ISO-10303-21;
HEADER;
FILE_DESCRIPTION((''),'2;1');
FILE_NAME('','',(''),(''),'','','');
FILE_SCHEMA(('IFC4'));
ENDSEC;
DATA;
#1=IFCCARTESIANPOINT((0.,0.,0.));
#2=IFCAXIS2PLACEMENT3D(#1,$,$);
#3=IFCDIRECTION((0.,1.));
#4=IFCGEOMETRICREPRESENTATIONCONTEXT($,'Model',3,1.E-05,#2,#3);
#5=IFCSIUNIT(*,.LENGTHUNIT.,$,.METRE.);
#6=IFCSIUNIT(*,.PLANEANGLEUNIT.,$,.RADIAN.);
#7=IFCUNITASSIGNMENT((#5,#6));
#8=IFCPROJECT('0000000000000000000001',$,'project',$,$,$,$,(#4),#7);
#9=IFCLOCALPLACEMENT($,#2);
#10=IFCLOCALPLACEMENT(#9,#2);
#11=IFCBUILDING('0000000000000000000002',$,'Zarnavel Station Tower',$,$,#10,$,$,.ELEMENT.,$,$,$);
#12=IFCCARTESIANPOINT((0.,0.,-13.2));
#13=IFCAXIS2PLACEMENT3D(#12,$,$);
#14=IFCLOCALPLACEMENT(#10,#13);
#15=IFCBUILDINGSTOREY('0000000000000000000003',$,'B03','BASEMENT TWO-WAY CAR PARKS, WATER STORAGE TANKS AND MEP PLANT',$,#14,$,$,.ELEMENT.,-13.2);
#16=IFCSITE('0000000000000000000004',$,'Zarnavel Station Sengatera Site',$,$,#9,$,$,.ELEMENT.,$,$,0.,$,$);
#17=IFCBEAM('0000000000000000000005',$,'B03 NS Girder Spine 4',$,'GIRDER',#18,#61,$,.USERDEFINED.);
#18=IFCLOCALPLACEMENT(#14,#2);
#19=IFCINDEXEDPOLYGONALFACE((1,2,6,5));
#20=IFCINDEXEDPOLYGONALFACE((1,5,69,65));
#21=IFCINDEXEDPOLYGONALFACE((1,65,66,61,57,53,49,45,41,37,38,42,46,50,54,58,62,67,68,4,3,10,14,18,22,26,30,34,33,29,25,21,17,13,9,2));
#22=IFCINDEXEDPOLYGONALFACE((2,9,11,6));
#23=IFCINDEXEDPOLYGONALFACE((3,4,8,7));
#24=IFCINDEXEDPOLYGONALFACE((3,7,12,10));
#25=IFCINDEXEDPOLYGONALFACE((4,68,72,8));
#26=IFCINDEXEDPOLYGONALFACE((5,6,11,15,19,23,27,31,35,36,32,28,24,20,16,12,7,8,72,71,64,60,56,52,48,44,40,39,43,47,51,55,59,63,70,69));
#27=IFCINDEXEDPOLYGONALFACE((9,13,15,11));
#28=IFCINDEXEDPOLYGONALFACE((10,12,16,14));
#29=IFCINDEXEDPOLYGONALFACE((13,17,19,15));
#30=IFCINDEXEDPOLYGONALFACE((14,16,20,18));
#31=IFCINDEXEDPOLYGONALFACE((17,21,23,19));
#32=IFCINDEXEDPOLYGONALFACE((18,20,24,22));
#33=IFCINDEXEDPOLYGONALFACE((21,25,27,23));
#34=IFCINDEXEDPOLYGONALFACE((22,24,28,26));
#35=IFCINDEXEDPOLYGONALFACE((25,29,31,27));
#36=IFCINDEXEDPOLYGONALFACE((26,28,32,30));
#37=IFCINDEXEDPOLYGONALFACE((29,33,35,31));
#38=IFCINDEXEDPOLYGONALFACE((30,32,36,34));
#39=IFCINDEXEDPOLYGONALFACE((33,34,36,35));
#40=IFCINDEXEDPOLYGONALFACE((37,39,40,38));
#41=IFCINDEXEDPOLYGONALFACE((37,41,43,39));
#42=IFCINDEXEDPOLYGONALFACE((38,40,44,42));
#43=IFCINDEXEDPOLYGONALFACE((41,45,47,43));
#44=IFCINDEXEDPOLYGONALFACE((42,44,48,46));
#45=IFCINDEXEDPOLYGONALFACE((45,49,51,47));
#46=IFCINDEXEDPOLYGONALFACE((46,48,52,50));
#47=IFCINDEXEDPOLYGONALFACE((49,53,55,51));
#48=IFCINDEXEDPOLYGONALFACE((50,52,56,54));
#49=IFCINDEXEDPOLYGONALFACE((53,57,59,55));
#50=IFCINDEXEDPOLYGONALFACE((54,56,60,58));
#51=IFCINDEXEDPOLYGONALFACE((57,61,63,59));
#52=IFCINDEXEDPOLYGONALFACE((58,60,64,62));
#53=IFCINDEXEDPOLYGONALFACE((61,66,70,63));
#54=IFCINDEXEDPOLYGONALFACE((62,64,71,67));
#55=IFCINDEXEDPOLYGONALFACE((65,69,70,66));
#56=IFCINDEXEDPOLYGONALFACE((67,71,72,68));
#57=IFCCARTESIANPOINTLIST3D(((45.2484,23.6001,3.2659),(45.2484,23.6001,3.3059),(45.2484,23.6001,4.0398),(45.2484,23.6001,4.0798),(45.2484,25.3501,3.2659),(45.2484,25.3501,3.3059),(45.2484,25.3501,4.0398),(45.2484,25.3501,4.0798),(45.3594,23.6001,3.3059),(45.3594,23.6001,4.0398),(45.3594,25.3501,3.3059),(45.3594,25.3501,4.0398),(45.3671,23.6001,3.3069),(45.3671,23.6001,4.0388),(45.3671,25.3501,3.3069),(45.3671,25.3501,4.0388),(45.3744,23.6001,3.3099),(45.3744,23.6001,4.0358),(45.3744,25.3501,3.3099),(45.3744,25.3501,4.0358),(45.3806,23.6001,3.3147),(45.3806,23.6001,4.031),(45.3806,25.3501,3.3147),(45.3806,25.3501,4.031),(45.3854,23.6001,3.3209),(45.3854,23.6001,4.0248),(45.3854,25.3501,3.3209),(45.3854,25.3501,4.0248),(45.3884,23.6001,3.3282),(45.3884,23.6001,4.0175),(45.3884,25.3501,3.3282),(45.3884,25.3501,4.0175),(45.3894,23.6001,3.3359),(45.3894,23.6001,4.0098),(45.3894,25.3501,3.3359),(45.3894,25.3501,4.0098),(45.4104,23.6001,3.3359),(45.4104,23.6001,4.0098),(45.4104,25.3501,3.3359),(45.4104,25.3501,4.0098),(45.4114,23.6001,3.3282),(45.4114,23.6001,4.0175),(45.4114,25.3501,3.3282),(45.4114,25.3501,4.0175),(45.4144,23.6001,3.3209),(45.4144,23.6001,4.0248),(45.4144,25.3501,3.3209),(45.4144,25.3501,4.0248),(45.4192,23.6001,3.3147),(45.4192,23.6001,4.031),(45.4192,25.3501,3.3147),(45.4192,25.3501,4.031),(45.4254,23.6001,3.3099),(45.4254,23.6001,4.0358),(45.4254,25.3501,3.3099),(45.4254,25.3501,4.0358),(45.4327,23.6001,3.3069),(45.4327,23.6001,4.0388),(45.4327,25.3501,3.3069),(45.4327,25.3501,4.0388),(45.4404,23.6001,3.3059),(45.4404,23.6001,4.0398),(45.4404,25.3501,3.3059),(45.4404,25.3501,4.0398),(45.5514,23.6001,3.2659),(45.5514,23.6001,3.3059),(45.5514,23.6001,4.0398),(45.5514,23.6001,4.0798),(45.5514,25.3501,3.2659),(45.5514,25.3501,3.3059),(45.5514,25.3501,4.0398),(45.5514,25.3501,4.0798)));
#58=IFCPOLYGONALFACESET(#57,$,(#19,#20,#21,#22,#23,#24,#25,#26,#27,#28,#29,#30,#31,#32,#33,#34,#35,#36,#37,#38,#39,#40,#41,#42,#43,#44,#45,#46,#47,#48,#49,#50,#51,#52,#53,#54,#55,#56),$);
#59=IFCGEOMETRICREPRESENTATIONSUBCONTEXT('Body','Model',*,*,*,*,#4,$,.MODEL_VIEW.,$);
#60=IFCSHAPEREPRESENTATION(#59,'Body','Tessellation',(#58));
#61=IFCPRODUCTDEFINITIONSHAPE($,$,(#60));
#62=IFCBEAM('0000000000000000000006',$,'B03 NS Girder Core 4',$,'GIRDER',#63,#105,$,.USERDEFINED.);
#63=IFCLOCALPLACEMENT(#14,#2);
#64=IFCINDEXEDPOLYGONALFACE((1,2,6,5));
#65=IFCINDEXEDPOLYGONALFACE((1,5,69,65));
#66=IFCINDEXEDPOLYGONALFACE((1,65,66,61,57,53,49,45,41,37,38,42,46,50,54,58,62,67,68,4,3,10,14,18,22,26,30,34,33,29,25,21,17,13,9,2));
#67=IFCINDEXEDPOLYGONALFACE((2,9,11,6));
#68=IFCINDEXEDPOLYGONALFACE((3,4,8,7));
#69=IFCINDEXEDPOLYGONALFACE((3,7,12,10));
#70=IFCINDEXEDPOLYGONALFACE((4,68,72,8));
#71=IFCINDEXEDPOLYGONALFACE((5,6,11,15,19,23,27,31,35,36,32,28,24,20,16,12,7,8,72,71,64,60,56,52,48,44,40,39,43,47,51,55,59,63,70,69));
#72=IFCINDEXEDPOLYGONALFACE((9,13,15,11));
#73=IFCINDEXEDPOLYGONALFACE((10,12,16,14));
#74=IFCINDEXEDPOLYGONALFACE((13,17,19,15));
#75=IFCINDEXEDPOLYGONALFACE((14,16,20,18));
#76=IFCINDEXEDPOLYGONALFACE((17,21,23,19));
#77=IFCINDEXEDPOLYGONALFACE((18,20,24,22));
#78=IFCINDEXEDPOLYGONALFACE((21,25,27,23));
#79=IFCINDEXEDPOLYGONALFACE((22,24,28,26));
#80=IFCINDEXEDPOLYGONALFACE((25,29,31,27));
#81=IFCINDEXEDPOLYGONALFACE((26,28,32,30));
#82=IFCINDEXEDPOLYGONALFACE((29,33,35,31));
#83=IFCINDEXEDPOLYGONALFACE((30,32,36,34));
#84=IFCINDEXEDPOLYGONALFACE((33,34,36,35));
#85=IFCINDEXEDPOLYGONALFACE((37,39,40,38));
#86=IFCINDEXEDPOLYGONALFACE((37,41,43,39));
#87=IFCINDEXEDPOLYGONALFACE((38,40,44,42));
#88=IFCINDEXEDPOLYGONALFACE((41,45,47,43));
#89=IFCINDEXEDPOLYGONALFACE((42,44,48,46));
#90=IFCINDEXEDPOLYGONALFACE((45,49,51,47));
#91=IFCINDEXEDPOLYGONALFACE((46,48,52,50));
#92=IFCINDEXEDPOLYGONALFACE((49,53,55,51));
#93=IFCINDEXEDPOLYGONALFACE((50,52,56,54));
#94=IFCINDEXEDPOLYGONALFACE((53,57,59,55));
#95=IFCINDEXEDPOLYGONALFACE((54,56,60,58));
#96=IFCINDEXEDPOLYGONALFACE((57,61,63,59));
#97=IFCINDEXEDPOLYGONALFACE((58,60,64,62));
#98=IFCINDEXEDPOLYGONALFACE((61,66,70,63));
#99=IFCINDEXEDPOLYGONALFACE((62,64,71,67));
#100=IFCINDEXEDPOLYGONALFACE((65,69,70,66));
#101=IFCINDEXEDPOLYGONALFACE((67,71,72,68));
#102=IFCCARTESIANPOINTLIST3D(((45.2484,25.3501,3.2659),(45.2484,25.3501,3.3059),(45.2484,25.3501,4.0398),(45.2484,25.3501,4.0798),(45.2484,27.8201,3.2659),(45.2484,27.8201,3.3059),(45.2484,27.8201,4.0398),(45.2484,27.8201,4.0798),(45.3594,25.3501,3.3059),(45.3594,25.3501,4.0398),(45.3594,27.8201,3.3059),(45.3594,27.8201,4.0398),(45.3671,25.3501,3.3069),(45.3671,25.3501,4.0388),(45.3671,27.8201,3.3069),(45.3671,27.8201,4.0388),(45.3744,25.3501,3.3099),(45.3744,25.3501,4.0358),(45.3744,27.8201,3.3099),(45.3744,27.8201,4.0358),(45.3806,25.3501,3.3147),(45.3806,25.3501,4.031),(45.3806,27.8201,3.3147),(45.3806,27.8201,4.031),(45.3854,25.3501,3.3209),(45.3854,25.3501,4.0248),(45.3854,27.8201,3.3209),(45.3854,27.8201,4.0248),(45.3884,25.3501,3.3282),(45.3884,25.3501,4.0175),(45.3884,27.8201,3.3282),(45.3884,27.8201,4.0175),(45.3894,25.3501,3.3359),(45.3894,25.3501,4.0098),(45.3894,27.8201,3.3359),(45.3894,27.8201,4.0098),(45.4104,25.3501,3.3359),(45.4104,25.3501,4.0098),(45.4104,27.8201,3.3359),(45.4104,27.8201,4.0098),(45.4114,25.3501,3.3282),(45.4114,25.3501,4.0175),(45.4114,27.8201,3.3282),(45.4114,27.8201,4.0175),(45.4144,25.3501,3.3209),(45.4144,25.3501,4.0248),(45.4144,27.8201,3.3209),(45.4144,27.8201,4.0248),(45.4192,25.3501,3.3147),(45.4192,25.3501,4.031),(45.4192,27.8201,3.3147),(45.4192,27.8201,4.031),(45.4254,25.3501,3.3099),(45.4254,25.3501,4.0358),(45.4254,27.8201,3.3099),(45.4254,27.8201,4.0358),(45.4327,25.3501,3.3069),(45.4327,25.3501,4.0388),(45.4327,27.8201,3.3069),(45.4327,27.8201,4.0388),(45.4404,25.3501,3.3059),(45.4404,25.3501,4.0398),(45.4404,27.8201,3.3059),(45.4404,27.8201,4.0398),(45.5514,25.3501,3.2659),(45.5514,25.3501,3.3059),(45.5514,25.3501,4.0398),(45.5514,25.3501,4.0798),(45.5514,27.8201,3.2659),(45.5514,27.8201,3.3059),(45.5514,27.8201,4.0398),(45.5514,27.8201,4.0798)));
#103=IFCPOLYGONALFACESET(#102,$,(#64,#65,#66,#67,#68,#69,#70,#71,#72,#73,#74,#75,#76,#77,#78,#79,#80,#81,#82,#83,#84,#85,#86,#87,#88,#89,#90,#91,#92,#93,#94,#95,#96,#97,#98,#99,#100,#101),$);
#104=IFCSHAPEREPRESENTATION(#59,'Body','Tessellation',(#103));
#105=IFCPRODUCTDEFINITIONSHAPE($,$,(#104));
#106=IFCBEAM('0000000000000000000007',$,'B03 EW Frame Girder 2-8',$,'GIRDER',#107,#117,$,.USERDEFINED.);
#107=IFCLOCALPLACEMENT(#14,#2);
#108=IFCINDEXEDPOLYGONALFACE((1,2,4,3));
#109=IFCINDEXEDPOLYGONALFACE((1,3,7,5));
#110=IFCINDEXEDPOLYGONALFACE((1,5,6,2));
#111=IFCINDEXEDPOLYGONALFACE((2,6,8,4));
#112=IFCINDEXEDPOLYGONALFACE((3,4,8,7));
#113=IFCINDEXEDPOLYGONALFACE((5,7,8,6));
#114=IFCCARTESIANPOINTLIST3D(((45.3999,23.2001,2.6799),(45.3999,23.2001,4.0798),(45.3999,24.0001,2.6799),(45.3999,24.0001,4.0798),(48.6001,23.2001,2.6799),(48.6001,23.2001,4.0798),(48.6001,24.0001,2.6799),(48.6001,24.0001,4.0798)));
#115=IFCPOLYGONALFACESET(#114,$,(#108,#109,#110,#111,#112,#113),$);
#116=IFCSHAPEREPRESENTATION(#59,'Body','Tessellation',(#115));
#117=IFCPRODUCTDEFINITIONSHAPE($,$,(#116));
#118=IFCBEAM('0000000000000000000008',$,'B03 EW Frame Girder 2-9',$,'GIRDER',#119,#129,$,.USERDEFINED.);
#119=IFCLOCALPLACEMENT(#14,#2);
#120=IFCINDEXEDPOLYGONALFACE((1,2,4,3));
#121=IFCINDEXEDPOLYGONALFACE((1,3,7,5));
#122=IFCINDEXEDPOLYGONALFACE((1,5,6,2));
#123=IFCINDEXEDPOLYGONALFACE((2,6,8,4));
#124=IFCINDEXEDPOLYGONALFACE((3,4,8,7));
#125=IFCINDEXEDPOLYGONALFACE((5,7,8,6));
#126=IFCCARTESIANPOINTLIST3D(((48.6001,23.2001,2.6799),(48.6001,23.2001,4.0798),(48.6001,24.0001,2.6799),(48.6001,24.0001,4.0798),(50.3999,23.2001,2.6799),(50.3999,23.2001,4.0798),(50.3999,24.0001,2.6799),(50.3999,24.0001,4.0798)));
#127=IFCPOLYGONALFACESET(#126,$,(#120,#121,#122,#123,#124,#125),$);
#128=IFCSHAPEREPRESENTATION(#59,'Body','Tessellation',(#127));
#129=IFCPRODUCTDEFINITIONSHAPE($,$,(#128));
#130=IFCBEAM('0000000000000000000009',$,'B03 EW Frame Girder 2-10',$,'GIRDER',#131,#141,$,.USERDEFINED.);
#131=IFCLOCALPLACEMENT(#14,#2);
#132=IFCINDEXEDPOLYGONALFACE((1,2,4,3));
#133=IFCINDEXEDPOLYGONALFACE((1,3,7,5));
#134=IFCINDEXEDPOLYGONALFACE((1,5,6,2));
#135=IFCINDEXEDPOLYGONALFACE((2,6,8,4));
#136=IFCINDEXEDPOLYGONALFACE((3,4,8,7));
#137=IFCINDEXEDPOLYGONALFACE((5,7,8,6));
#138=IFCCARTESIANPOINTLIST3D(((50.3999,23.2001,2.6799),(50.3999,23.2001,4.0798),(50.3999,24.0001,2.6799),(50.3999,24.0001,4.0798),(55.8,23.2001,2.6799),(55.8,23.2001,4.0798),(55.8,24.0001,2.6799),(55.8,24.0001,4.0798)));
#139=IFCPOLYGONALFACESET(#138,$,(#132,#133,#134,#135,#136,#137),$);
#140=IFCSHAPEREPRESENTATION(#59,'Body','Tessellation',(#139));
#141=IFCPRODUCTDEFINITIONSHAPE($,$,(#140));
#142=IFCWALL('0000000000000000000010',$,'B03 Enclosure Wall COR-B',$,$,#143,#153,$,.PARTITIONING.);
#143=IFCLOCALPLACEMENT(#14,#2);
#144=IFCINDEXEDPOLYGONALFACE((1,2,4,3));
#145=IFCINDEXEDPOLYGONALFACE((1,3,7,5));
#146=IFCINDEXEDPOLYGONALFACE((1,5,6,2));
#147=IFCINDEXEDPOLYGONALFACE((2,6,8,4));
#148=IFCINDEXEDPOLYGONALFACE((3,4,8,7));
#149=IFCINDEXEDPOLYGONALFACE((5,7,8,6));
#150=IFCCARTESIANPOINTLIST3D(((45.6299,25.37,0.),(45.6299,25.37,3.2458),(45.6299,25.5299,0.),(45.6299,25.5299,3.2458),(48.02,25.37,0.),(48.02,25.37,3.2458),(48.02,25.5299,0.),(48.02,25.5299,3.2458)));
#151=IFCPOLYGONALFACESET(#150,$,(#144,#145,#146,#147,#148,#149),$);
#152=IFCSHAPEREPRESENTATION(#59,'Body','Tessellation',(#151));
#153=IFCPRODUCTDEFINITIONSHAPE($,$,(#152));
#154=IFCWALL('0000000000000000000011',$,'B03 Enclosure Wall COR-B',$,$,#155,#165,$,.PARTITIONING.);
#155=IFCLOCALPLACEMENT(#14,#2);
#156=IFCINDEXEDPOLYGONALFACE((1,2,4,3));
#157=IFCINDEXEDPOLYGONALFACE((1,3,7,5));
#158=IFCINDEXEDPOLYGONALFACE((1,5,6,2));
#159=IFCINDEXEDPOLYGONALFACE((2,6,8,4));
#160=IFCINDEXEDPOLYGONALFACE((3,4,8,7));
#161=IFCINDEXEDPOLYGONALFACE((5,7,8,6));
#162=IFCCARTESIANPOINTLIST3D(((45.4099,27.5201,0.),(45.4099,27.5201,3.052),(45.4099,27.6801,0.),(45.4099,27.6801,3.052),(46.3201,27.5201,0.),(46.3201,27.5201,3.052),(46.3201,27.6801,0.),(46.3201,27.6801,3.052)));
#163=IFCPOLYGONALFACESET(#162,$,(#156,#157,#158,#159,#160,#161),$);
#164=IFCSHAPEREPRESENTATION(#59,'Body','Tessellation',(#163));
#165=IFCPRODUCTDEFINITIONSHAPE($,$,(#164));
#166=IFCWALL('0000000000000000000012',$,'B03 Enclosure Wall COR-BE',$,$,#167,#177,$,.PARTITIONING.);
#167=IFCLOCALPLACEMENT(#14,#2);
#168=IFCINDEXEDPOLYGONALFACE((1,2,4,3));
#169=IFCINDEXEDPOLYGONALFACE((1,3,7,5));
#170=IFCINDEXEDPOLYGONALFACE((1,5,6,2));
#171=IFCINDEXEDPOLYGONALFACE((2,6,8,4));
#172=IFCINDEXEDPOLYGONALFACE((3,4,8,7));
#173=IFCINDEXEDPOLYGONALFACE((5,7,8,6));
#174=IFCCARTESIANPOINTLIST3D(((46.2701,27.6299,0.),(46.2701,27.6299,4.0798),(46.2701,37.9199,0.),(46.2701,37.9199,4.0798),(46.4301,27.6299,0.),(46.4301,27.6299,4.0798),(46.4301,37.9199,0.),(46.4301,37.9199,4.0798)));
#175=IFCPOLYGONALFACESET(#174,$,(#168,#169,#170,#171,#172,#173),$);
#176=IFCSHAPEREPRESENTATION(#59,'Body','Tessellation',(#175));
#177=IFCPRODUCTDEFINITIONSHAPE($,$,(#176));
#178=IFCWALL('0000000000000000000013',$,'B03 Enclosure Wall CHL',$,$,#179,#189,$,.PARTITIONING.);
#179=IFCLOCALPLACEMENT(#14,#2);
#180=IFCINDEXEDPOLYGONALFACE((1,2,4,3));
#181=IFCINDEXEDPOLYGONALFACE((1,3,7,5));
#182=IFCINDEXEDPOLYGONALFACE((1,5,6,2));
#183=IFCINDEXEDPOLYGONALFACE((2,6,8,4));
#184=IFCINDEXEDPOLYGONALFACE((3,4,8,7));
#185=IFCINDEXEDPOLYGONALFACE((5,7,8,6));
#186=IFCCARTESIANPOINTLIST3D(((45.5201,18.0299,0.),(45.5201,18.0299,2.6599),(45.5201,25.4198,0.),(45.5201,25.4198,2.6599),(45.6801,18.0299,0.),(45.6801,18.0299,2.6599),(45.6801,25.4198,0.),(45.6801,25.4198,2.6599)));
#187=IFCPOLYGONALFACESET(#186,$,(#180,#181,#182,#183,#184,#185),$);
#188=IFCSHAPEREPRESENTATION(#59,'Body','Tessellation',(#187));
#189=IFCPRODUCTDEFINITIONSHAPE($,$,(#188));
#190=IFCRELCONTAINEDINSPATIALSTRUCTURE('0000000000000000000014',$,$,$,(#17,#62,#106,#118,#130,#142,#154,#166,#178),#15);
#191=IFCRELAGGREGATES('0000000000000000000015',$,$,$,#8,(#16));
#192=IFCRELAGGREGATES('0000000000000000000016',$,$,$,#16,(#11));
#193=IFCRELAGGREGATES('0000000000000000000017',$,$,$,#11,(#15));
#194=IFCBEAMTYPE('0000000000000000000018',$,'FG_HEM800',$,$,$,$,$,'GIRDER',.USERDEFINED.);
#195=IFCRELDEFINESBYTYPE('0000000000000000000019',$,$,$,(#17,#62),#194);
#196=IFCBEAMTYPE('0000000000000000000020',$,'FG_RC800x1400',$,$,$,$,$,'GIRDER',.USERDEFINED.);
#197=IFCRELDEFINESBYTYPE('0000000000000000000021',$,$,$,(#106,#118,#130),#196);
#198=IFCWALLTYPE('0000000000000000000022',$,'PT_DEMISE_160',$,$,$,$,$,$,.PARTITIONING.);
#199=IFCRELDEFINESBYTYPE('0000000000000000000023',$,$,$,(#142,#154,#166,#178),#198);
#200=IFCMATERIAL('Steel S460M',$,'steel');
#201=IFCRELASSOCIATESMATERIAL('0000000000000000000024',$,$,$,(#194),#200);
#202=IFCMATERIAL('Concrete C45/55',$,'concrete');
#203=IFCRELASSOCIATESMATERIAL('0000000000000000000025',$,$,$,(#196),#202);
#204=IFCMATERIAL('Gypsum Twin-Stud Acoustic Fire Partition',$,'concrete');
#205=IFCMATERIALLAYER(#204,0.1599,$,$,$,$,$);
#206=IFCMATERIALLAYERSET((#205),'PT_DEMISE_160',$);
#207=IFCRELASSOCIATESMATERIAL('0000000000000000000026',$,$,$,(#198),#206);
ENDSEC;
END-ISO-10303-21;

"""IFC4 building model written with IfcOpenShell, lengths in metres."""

from ifc_helpers import new_model, si_unit, direction, frame, frame_2d, origin, origin_2d, place, context, subcontext, project, spatial, rectangle, i_section, extrude, material, layer, layer_set, material_profile, profile_set, type_object, element, save


model = new_model("IFC4")

# Units and contexts
model_context = context("Model", 3, precision=1e-05, world=origin(), true_north=direction((0.0, 1.0)))
body_context = subcontext(model_context, "Body", "Model", "MODEL_VIEW")
ifc_project = project(units=[si_unit("LENGTHUNIT", "METRE"), si_unit("PLANEANGLEUNIT", "RADIAN")], contexts=[model_context])

# Site, building, storey
site_placement = place(None, origin())
site = spatial("IfcSite", under=ifc_project, at=site_placement, Name="Zarnavel Station Sengatera Site", CompositionType="ELEMENT", RefElevation=0.0)
building_placement = place(site_placement, origin())
building = spatial("IfcBuilding", under=site, at=building_placement, Name="Zarnavel Station Tower", CompositionType="ELEMENT")
storey_placement = place(building_placement, frame((0.0, 0.0, -13.2)))
storey = spatial("IfcBuildingStorey", under=building, at=storey_placement, Name="B03", Description="BASEMENT TWO-WAY CAR PARKS, WATER STORAGE TANKS AND MEP PLANT", CompositionType="ELEMENT", Elevation=-13.2)

# Beams
ifc_material_1 = material(Name="Steel S460M", Category="steel")
ifc_material_profile_1 = material_profile(ifc_material_1, i_section(OverallWidth=0.303, OverallDepth=0.814, WebThickness=0.021, FlangeThickness=0.04, FilletRadius=0.03, at=origin_2d()), Name="HEM800")
ifc_profile_set_1 = profile_set([ifc_material_profile_1], Name="Steel S460M")
beam_type_1 = type_object("IfcBeamType", Name="FG_HEM800", ElementType="GIRDER", PredefinedType="USERDEFINED", material=ifc_profile_set_1)
beam_1_placement = place(storey_placement, frame((45.3999, 23.6001, 3.6729), z_axis=(0.0, 1.0, 0.0), x_axis=(-1.0, 0.0, 0.0)))
element("IfcBeam", 1, at=beam_1_placement, inside=storey, type_object=beam_type_1, Name="B03 NS Girder Spine 4", ObjectType="GIRDER", PredefinedType="USERDEFINED", context=body_context, shape_type="SweptSolid", body=[
    extrude(i_section(OverallWidth=0.303, OverallDepth=0.814, WebThickness=0.021, FlangeThickness=0.04, FilletRadius=0.03, at=origin_2d()), origin(), (0.0, 0.0, 1.0), 1.75),
])
beam_2_placement = place(storey_placement, frame((45.3999, 25.3501, 3.6729), z_axis=(0.0, 1.0, 0.0), x_axis=(-1.0, 0.0, 0.0)))
element("IfcBeam", 2, at=beam_2_placement, inside=storey, type_object=beam_type_1, Name="B03 NS Girder Core 4", ObjectType="GIRDER", PredefinedType="USERDEFINED", context=body_context, shape_type="SweptSolid", body=[
    extrude(i_section(OverallWidth=0.303, OverallDepth=0.814, WebThickness=0.021, FlangeThickness=0.04, FilletRadius=0.03, at=origin_2d()), origin(), (0.0, 0.0, 1.0), 2.47),
])
ifc_material_2 = material(Name="Concrete C45/55", Category="concrete")
ifc_material_profile_2 = material_profile(ifc_material_2, rectangle(XDim=0.8, YDim=1.3999, at=origin_2d()), Name="RC800x1400")
ifc_profile_set_2 = profile_set([ifc_material_profile_2], Name="Concrete C45/55")
beam_type_2 = type_object("IfcBeamType", Name="FG_RC800x1400", ElementType="GIRDER", PredefinedType="USERDEFINED", material=ifc_profile_set_2)
beam_3_placement = place(storey_placement, frame((45.3999, 23.6001, 3.3799), z_axis=(1.0, 0.0, 0.0), x_axis=(0.0, 1.0, 0.0)))
element("IfcBeam", 3, at=beam_3_placement, inside=storey, type_object=beam_type_2, Name="B03 EW Frame Girder 2-8", ObjectType="GIRDER", PredefinedType="USERDEFINED", context=body_context, shape_type="SweptSolid", body=[
    extrude(rectangle(XDim=0.8, YDim=1.3999, at=origin_2d()), origin(), (0.0, 0.0, 1.0), 3.2002),
])
beam_4_placement = place(storey_placement, frame((48.6001, 23.6001, 3.3799), z_axis=(1.0, 0.0, 0.0), x_axis=(0.0, 1.0, 0.0)))
element("IfcBeam", 4, at=beam_4_placement, inside=storey, type_object=beam_type_2, Name="B03 EW Frame Girder 2-9", ObjectType="GIRDER", PredefinedType="USERDEFINED", context=body_context, shape_type="SweptSolid", body=[
    extrude(rectangle(XDim=0.8, YDim=1.3999, at=origin_2d()), origin(), (0.0, 0.0, 1.0), 1.7998),
])
beam_5_placement = place(storey_placement, frame((50.3999, 23.6001, 3.3799), z_axis=(1.0, 0.0, 0.0), x_axis=(0.0, 1.0, 0.0)))
element("IfcBeam", 5, at=beam_5_placement, inside=storey, type_object=beam_type_2, Name="B03 EW Frame Girder 2-10", ObjectType="GIRDER", PredefinedType="USERDEFINED", context=body_context, shape_type="SweptSolid", body=[
    extrude(rectangle(XDim=0.8, YDim=1.3999, at=origin_2d()), origin(), (0.0, 0.0, 1.0), 5.4001),
])

# Walls
ifc_material_3 = material(Name="Gypsum Twin-Stud Acoustic Fire Partition", Category="concrete")
ifc_layer_1 = layer(ifc_material_3, 0.1599)
ifc_layer_set_1 = layer_set([ifc_layer_1], Name="PT_DEMISE_160")
wall_type_1 = type_object("IfcWallType", Name="PT_DEMISE_160", PredefinedType="PARTITIONING", material=ifc_layer_set_1)
wall_1_placement = place(storey_placement, frame((45.6299, 25.45, 0.0), z_axis=(0.0, 0.0, 1.0), x_axis=(1.0, 0.0, 0.0)))
element("IfcWall", 6, at=wall_1_placement, inside=storey, type_object=wall_type_1, Name="B03 Enclosure Wall COR-B", PredefinedType="PARTITIONING", context=body_context, shape_type="SweptSolid", body=[
    extrude(rectangle(XDim=2.3901, YDim=0.1599, at=frame_2d((1.1951, 0.0))), origin(), (0.0, 0.0, 1.0), 3.2458),
])
wall_2_placement = place(storey_placement, frame((45.4099, 27.6001, 0.0), z_axis=(0.0, 0.0, 1.0), x_axis=(1.0, 0.0, 0.0)))
element("IfcWall", 7, at=wall_2_placement, inside=storey, type_object=wall_type_1, Name="B03 Enclosure Wall COR-B", PredefinedType="PARTITIONING", context=body_context, shape_type="SweptSolid", body=[
    extrude(rectangle(XDim=0.9102, YDim=0.1599, at=frame_2d((0.4551, 0.0))), origin(), (0.0, 0.0, 1.0), 3.052),
])
wall_3_placement = place(storey_placement, frame((46.3501, 27.6299, 0.0), z_axis=(0.0, 0.0, 1.0), x_axis=(0.0, 1.0, 0.0)))
element("IfcWall", 8, at=wall_3_placement, inside=storey, type_object=wall_type_1, Name="B03 Enclosure Wall COR-BE", PredefinedType="PARTITIONING", context=body_context, shape_type="SweptSolid", body=[
    extrude(rectangle(XDim=10.29, YDim=0.1599, at=frame_2d((5.145, 0.0))), origin(), (0.0, 0.0, 1.0), 4.0798),
])
wall_4_placement = place(storey_placement, frame((45.6001, 18.03, 0.0), z_axis=(0.0, 0.0, 1.0), x_axis=(0.0, 1.0, 0.0)))
element("IfcWall", 9, at=wall_4_placement, inside=storey, type_object=wall_type_1, Name="B03 Enclosure Wall CHL", PredefinedType="PARTITIONING", context=body_context, shape_type="SweptSolid", body=[
    extrude(rectangle(XDim=7.3899, YDim=0.1599, at=frame_2d((3.6948, 0.0))), origin(), (0.0, 0.0, 1.0), 2.6599),
])

save(model, "model.ifc")
